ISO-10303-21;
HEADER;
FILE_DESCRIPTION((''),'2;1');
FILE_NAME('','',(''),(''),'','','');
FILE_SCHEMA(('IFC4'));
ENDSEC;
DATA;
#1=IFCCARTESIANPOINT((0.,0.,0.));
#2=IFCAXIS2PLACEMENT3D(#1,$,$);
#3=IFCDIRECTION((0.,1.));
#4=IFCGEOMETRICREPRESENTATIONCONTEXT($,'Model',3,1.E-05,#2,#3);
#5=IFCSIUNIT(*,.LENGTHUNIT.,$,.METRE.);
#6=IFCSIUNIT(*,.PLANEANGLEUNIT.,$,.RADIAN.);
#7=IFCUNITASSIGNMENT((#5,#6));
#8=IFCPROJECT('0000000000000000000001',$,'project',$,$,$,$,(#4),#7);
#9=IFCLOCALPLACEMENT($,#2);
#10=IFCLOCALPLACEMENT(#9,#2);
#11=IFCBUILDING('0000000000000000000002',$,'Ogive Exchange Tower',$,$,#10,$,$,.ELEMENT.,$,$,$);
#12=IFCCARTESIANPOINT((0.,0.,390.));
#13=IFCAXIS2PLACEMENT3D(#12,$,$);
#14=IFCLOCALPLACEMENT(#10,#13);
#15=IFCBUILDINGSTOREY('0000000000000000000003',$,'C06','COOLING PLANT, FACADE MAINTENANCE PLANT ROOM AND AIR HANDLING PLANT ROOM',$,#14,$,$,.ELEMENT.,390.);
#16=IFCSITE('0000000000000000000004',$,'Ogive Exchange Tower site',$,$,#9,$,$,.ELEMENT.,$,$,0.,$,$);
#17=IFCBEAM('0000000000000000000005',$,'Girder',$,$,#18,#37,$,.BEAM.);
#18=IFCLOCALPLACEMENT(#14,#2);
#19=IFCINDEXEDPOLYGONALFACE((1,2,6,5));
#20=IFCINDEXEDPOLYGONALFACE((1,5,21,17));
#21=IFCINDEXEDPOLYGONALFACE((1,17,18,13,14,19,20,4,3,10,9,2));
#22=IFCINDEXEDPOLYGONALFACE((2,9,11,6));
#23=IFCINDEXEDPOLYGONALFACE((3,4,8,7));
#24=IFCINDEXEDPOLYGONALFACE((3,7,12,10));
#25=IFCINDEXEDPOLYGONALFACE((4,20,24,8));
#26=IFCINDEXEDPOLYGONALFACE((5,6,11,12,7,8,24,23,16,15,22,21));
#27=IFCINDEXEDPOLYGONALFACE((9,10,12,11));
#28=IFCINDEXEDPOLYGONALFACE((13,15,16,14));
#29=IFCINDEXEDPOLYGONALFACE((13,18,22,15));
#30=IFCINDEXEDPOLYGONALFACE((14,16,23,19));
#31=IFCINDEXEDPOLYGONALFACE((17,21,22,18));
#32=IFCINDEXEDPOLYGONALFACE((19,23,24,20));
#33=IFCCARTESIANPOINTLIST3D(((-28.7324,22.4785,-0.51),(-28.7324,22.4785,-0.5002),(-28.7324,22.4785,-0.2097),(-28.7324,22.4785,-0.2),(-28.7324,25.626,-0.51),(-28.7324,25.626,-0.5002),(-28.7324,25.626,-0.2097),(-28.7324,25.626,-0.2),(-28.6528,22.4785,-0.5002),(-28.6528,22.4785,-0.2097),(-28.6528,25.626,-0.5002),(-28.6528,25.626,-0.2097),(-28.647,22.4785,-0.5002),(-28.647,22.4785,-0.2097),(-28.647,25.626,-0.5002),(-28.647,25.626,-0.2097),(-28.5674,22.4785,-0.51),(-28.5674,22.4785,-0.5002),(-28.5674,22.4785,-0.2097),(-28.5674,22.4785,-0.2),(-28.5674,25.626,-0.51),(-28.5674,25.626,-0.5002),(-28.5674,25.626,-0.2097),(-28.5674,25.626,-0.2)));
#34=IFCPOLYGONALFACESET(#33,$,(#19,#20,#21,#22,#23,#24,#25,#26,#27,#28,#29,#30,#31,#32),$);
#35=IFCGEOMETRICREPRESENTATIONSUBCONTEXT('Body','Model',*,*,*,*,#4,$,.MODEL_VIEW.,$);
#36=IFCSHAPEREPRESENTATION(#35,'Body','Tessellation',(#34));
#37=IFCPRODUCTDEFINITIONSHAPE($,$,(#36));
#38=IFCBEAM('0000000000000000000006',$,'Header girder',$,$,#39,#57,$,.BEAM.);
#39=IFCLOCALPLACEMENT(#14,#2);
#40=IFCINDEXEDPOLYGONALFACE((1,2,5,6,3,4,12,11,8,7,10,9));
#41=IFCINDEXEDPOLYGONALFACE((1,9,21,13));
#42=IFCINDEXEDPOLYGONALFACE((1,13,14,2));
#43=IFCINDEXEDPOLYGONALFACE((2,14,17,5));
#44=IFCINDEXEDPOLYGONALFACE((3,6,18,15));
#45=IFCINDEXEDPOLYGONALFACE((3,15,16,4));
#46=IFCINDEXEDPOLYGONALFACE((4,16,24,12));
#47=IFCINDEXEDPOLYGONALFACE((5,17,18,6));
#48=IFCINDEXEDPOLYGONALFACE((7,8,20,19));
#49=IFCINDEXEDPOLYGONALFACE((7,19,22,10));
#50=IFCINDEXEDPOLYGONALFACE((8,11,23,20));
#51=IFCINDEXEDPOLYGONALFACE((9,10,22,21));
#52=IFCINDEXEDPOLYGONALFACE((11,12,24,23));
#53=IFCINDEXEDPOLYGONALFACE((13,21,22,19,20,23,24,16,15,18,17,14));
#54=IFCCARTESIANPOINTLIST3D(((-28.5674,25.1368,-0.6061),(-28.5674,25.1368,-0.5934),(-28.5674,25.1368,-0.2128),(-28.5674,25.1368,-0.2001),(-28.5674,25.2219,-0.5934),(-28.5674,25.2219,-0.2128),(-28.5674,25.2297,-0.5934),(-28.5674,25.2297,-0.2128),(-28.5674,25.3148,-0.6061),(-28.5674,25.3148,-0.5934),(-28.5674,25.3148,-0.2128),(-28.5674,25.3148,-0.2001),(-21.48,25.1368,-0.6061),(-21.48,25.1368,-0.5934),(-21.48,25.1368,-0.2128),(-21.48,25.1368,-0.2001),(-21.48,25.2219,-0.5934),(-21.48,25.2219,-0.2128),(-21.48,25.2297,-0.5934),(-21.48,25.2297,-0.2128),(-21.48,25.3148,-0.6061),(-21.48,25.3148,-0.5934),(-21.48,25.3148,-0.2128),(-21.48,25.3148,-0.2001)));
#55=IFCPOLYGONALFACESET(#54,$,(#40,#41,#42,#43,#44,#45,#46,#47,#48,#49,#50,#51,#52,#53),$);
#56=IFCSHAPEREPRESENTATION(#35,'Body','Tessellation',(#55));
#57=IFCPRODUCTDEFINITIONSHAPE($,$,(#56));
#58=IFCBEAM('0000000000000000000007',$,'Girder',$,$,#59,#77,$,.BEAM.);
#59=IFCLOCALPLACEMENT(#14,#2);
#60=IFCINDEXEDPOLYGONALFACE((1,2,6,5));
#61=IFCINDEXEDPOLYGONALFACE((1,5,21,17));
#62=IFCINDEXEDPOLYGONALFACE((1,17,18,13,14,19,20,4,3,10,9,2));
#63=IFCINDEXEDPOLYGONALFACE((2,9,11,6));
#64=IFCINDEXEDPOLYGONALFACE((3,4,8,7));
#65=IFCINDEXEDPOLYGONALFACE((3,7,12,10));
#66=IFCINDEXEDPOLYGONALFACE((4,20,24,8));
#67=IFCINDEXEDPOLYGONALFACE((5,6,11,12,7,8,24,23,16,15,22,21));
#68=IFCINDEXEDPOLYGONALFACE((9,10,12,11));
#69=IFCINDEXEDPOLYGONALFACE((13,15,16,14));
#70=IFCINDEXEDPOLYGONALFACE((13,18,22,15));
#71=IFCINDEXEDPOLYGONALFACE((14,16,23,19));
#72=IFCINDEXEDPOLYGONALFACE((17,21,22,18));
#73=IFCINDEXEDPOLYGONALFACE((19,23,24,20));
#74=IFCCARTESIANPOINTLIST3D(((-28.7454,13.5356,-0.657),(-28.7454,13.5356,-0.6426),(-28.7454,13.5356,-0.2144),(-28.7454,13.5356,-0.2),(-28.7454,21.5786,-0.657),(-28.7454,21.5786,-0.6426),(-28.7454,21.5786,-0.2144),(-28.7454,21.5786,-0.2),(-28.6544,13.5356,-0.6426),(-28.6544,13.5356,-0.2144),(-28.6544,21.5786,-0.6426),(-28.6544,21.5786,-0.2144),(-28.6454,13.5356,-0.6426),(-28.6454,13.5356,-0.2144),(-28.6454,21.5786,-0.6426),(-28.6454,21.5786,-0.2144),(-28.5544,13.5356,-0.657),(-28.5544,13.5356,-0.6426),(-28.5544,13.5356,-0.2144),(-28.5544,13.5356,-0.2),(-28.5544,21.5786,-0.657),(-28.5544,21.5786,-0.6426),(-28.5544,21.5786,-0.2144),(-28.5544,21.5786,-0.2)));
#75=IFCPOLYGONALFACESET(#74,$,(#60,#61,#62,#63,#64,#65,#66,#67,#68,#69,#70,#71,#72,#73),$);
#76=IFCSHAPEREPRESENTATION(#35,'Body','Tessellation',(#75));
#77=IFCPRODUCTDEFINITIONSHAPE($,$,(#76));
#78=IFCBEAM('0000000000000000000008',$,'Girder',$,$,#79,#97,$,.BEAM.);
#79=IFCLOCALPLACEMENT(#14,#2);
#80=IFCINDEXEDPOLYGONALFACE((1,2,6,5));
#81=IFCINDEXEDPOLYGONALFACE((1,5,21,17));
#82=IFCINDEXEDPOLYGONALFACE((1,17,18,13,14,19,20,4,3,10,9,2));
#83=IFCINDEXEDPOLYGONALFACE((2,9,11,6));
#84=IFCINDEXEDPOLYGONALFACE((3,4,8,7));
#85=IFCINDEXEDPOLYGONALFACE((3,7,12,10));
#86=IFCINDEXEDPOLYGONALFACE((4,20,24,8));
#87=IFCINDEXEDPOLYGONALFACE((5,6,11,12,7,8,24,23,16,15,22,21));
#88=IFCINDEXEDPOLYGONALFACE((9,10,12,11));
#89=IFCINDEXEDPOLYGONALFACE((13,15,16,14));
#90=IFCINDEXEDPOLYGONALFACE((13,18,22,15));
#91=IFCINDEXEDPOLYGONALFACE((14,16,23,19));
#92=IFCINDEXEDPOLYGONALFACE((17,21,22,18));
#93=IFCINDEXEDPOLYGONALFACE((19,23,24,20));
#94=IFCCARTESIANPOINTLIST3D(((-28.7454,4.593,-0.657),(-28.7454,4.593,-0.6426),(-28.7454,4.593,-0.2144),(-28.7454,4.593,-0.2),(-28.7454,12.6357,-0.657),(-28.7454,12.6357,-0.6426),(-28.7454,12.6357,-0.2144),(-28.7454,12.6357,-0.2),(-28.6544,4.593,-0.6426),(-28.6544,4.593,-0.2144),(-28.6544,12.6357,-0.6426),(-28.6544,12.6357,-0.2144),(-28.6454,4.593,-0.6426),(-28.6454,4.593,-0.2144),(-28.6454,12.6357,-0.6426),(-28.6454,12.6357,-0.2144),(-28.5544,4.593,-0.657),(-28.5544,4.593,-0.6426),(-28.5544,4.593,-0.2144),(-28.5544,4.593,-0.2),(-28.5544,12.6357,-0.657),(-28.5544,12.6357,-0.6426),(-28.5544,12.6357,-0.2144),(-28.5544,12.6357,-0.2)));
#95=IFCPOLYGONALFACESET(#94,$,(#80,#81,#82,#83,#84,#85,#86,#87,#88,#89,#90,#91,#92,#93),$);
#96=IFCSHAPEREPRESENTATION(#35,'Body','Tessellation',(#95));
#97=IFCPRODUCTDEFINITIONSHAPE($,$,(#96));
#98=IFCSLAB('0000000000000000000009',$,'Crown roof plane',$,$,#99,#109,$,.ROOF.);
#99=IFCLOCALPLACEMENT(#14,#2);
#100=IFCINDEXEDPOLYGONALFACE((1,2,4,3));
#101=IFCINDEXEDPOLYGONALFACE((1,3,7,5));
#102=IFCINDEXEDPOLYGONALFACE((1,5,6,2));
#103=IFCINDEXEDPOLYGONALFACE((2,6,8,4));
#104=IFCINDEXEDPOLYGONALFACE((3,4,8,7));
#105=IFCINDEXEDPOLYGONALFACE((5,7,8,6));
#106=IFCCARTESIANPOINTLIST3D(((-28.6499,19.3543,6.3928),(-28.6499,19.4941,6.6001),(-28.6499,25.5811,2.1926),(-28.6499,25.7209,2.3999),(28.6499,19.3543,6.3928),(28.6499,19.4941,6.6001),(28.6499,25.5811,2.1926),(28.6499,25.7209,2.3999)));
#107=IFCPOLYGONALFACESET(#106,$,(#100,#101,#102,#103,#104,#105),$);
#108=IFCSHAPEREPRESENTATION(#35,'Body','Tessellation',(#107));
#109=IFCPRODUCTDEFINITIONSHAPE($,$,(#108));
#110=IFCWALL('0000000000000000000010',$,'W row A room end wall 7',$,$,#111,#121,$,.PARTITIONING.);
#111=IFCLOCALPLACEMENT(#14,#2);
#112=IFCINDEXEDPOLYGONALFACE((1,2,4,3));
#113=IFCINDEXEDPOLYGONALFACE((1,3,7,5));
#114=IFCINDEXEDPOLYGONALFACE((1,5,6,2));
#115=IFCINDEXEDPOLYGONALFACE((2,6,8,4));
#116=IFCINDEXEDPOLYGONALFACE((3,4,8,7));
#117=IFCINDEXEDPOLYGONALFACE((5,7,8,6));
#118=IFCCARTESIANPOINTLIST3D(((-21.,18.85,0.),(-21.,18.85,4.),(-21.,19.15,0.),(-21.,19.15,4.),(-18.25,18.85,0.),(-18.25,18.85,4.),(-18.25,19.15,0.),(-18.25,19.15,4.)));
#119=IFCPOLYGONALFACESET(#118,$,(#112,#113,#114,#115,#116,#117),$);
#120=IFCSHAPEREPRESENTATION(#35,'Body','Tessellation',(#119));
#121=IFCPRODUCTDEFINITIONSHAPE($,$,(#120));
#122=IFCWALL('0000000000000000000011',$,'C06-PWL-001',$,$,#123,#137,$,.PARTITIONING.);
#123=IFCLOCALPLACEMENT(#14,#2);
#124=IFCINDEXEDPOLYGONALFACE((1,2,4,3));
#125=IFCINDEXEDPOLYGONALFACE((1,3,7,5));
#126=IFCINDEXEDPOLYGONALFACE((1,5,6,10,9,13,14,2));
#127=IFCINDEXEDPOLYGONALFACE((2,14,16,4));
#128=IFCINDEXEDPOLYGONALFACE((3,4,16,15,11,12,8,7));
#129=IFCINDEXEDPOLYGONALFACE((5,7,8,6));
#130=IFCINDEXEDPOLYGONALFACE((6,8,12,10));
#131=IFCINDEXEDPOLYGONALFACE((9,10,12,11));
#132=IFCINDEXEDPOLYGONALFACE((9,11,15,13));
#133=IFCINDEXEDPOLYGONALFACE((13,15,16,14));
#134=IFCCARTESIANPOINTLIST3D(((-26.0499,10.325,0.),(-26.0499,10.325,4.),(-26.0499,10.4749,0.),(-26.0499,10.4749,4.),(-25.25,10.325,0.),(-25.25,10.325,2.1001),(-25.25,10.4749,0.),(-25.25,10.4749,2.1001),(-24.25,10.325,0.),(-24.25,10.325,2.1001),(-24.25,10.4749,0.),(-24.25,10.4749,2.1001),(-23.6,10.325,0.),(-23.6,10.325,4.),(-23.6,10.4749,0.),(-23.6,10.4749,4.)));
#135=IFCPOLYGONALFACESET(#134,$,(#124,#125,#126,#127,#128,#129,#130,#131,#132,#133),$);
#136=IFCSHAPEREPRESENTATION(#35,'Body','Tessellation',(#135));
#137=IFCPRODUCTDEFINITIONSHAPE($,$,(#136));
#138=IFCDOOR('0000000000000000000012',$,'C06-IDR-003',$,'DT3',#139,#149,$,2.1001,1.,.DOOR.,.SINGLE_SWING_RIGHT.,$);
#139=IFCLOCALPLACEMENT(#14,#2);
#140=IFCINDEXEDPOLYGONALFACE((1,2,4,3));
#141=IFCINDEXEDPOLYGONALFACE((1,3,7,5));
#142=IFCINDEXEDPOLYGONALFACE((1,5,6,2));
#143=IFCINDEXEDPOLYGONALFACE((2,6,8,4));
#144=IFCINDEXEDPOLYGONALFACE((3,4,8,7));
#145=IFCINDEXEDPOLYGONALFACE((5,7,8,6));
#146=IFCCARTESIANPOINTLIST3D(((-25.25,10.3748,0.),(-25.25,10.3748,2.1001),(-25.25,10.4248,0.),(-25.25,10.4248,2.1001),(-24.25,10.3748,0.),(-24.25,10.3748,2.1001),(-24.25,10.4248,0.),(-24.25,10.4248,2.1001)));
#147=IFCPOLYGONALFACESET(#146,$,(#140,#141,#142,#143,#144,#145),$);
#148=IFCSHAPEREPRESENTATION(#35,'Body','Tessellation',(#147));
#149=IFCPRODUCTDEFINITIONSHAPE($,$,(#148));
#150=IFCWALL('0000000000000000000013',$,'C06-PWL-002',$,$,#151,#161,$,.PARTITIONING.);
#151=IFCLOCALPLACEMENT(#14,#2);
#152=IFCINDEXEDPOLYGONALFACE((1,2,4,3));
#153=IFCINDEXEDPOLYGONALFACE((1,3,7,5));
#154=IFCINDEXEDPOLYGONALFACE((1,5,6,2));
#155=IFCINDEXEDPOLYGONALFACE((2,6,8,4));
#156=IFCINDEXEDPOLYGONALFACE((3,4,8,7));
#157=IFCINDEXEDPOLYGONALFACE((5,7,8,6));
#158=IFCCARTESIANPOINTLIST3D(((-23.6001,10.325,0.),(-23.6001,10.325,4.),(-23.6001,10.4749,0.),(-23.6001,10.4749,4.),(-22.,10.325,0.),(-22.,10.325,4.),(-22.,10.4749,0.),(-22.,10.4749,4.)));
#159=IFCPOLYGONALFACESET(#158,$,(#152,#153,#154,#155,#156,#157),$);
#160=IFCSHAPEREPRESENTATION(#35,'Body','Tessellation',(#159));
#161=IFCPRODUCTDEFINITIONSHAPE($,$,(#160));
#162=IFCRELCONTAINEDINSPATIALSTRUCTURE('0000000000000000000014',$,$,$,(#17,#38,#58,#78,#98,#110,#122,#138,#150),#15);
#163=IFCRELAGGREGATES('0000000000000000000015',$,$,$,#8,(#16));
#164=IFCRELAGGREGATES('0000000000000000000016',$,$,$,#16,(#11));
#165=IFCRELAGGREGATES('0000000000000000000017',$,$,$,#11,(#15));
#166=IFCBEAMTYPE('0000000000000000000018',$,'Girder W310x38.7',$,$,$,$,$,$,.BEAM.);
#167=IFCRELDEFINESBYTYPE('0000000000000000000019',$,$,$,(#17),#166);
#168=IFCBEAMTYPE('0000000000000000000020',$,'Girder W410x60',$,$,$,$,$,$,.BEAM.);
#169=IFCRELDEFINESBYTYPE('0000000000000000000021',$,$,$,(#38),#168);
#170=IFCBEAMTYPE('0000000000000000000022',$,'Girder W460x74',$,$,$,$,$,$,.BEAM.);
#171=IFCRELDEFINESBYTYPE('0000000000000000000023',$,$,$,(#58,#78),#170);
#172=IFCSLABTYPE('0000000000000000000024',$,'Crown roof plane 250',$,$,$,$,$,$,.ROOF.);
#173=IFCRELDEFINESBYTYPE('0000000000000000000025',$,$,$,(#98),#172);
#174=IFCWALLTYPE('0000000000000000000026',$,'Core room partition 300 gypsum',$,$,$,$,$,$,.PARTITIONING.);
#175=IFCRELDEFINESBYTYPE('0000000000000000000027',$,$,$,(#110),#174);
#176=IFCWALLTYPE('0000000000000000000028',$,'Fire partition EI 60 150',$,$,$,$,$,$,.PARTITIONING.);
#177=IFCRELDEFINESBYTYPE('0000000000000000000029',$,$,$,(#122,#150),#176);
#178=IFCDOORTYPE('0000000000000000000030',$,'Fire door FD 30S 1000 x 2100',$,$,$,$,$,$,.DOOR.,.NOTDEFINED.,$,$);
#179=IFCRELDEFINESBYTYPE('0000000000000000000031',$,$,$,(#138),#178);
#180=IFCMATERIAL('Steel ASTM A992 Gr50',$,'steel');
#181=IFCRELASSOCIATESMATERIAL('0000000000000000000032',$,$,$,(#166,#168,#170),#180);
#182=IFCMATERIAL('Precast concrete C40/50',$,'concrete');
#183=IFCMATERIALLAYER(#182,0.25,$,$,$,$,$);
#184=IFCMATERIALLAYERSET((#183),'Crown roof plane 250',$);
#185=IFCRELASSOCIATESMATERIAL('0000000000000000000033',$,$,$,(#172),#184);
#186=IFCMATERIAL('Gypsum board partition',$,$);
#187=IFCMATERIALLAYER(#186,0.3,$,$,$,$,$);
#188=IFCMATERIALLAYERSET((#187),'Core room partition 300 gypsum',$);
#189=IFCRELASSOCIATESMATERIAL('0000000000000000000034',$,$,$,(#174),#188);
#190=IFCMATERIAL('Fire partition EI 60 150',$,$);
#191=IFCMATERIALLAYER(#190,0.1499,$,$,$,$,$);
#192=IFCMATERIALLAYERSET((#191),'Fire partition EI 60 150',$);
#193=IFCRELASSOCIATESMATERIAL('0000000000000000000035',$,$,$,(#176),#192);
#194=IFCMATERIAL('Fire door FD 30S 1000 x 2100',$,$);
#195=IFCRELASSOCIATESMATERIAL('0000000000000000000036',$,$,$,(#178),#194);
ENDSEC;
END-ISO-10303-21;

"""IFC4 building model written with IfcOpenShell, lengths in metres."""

from ifc_helpers import new_model, si_unit, direction, frame, frame_2d, origin, origin_2d, place, context, subcontext, project, spatial, polyline, rectangle, i_section, outline, extrude, material, layer, layer_set, material_profile, profile_set, type_object, element, fill, save


model = new_model("IFC4")

# Units and contexts
model_context = context("Model", 3, precision=1e-05, world=origin(), true_north=direction((0.0, 1.0)))
body_context = subcontext(model_context, "Body", "Model", "MODEL_VIEW")
ifc_project = project(units=[si_unit("LENGTHUNIT", "METRE"), si_unit("PLANEANGLEUNIT", "RADIAN")], contexts=[model_context])

# Site, building, storey
site_placement = place(None, origin())
site = spatial("IfcSite", under=ifc_project, at=site_placement, Name="Ogive Exchange Tower site", CompositionType="ELEMENT", RefElevation=0.0)
building_placement = place(site_placement, origin())
building = spatial("IfcBuilding", under=site, at=building_placement, Name="Ogive Exchange Tower", CompositionType="ELEMENT")
storey_placement = place(building_placement, frame((0.0, 0.0, 390.0)))
storey = spatial("IfcBuildingStorey", under=building, at=storey_placement, Name="C06", Description="COOLING PLANT, FACADE MAINTENANCE PLANT ROOM AND AIR HANDLING PLANT ROOM", CompositionType="ELEMENT", Elevation=390.0)

# Shared definitions
ifc_material_1 = material(Name="Steel ASTM A992 Gr50", Category="steel")

# Beams
ifc_material_profile_1 = material_profile(ifc_material_1, i_section(OverallWidth=0.165, OverallDepth=0.3101, WebThickness=0.0059, FlangeThickness=0.0098, at=origin_2d()), Name="W310x38.7")
ifc_profile_set_1 = profile_set([ifc_material_profile_1], Name="Steel ASTM A992 Gr50")
beam_type_1 = type_object("IfcBeamType", Name="Girder W310x38.7", PredefinedType="BEAM", material=ifc_profile_set_1)
beam_1_placement = place(storey_placement, frame((-28.6499, 25.626, -0.355), z_axis=(0.0, -1.0, 0.0), x_axis=(1.0, 0.0, 0.0)))
element("IfcBeam", 1, at=beam_1_placement, inside=storey, type_object=beam_type_1, Name="Girder", PredefinedType="BEAM", context=body_context, shape_type="SweptSolid", body=[
    extrude(i_section(OverallWidth=0.165, OverallDepth=0.3101, WebThickness=0.0059, FlangeThickness=0.0098, at=origin_2d()), origin(), (0.0, 0.0, 1.0), 3.1475),
])
ifc_material_profile_2 = material_profile(ifc_material_1, i_section(OverallWidth=0.178, OverallDepth=0.406, WebThickness=0.0078, FlangeThickness=0.0127, at=origin_2d()), Name="W410x60")
ifc_profile_set_2 = profile_set([ifc_material_profile_2], Name="Steel ASTM A992 Gr50")
beam_type_2 = type_object("IfcBeamType", Name="Girder W410x60", PredefinedType="BEAM", material=ifc_profile_set_2)
beam_2_placement = place(storey_placement, frame((-28.5674, 25.2258, -0.4031), z_axis=(1.0, 0.0, 0.0), x_axis=(0.0, 1.0, 0.0)))
element("IfcBeam", 2, at=beam_2_placement, inside=storey, type_object=beam_type_2, Name="Header girder", PredefinedType="BEAM", context=body_context, shape_type="SweptSolid", body=[
    extrude(i_section(OverallWidth=0.178, OverallDepth=0.406, WebThickness=0.0078, FlangeThickness=0.0127, at=origin_2d()), origin(), (0.0, 0.0, 1.0), 7.0874),
])
ifc_material_profile_3 = material_profile(ifc_material_1, i_section(OverallWidth=0.1909, OverallDepth=0.457, WebThickness=0.009, FlangeThickness=0.0144, at=origin_2d()), Name="W460x74")
ifc_profile_set_3 = profile_set([ifc_material_profile_3], Name="Steel ASTM A992 Gr50")
beam_type_3 = type_object("IfcBeamType", Name="Girder W460x74", PredefinedType="BEAM", material=ifc_profile_set_3)
beam_3_placement = place(storey_placement, frame((-28.6499, 21.5786, -0.4285), z_axis=(0.0, -1.0, 0.0), x_axis=(1.0, 0.0, 0.0)))
element("IfcBeam", 3, at=beam_3_placement, inside=storey, type_object=beam_type_3, Name="Girder", PredefinedType="BEAM", context=body_context, shape_type="SweptSolid", body=[
    extrude(i_section(OverallWidth=0.1909, OverallDepth=0.457, WebThickness=0.009, FlangeThickness=0.0144, at=origin_2d()), origin(), (0.0, 0.0, 1.0), 8.043),
])
beam_4_placement = place(storey_placement, frame((-28.6499, 12.6357, -0.4285), z_axis=(0.0, -1.0, 0.0), x_axis=(1.0, 0.0, 0.0)))
element("IfcBeam", 4, at=beam_4_placement, inside=storey, type_object=beam_type_3, Name="Girder", PredefinedType="BEAM", context=body_context, shape_type="SweptSolid", body=[
    extrude(i_section(OverallWidth=0.1909, OverallDepth=0.457, WebThickness=0.009, FlangeThickness=0.0144, at=origin_2d()), origin(), (0.0, 0.0, 1.0), 8.0427),
])

# Slab
ifc_material_2 = material(Name="Precast concrete C40/50", Category="concrete")
ifc_layer_1 = layer(ifc_material_2, 0.25)
ifc_layer_set_1 = layer_set([ifc_layer_1], Name="Crown roof plane 250")
slab_type = type_object("IfcSlabType", Name="Crown roof plane 250", PredefinedType="ROOF", material=ifc_layer_set_1)
slab_placement = place(storey_placement, frame((-28.6499, 19.4941, 6.6001), z_axis=(0.0, 0.559208, 0.829028), x_axis=(0.0, 0.829028, -0.559208)))
element("IfcSlab", 5, at=slab_placement, inside=storey, type_object=slab_type, Name="Crown roof plane", PredefinedType="ROOF", context=body_context, shape_type="SweptSolid", body=[
    extrude(outline(polyline([(0.0, 0.0), (7.511, 0.0), (7.511, -57.2998), (0.0, -57.2998), (0.0, 0.0)])), origin(), (0.0, 0.0, -1.0), 0.25),
])

# Wall
ifc_material_3 = material(Name="Gypsum board partition")
ifc_layer_2 = layer(ifc_material_3, 0.3)
ifc_layer_set_2 = layer_set([ifc_layer_2], Name="Core room partition 300 gypsum")
wall_type_1 = type_object("IfcWallType", Name="Core room partition 300 gypsum", PredefinedType="PARTITIONING", material=ifc_layer_set_2)
wall_1_placement = place(storey_placement, frame((-21.0, 19.0, 0.0), z_axis=(0.0, 0.0, 1.0), x_axis=(1.0, 0.0, 0.0)))
element("IfcWall", 6, at=wall_1_placement, inside=storey, type_object=wall_type_1, Name="W row A room end wall 7", PredefinedType="PARTITIONING", context=body_context, shape_type="SweptSolid", body=[
    extrude(rectangle(XDim=2.75, YDim=0.3, at=frame_2d((1.375, 0.0))), origin(), (0.0, 0.0, 1.0), 4.0),
])

# Wall, opening, door
ifc_material_4 = material(Name="Fire partition EI 60 150")
ifc_layer_3 = layer(ifc_material_4, 0.1499)
ifc_layer_set_3 = layer_set([ifc_layer_3], Name="Fire partition EI 60 150")
wall_type_2 = type_object("IfcWallType", Name="Fire partition EI 60 150", PredefinedType="PARTITIONING", material=ifc_layer_set_3)
wall_2_placement = place(storey_placement, frame((-26.05, 10.3999, 0.0), z_axis=(0.0, 0.0, 1.0), x_axis=(1.0, 0.0, 0.0)))
wall_2 = element("IfcWall", 7, at=wall_2_placement, inside=storey, type_object=wall_type_2, Name="C06-PWL-001", PredefinedType="PARTITIONING", context=body_context, shape_type="SweptSolid", body=[
    extrude(rectangle(XDim=2.45, YDim=0.1499, at=frame_2d((1.2251, 0.0))), origin(), (0.0, 0.0, 1.0), 4.0),
])
opening_1_placement = place(wall_2_placement, frame((0.8, 0.0, 0.0)))
opening_1 = element("IfcOpeningElement", 8, at=opening_1_placement, cuts=wall_2, PredefinedType="OPENING", context=body_context, shape_type="SweptSolid", body=[
    extrude(rectangle(XDim=1.0, YDim=2.1001, at=frame_2d((0.5, 1.05))), frame((0.0, 0.085, 0.0), z_axis=(0.0, -1.0, 0.0), x_axis=(1.0, 0.0, 0.0)), (0.0, 0.0, 1.0), 0.1699),
])
ifc_material_5 = material(Name="Fire door FD 30S 1000 x 2100")
door_type = type_object("IfcDoorType", Name="Fire door FD 30S 1000 x 2100", OperationType="NOTDEFINED", PredefinedType="DOOR", material=ifc_material_5)
door_placement = place(opening_1_placement, origin())
door = element("IfcDoor", 9, at=door_placement, inside=storey, type_object=door_type, Name="C06-IDR-003", ObjectType="DT3", OperationType="SINGLE_SWING_RIGHT", OverallHeight=2.1001, OverallWidth=1.0, PredefinedType="DOOR", context=body_context, shape_type="SweptSolid", body=[
    extrude(rectangle(XDim=1.0, YDim=2.1001, at=frame_2d((0.5, 1.05))), frame((0.0, 0.0249, 0.0), z_axis=(0.0, -1.0, 0.0), x_axis=(1.0, 0.0, 0.0)), (0.0, 0.0, 1.0), 0.05),
])
fill(opening_1, door)

# Wall
wall_3_placement = place(storey_placement, frame((-23.6001, 10.3999, 0.0), z_axis=(0.0, 0.0, 1.0), x_axis=(1.0, 0.0, 0.0)))
element("IfcWall", 10, at=wall_3_placement, inside=storey, type_object=wall_type_2, Name="C06-PWL-002", PredefinedType="PARTITIONING", context=body_context, shape_type="SweptSolid", body=[
    extrude(rectangle(XDim=1.6001, YDim=0.1499, at=frame_2d((0.8, 0.0))), origin(), (0.0, 0.0, 1.0), 4.0),
])

save(model, "model.ifc")
